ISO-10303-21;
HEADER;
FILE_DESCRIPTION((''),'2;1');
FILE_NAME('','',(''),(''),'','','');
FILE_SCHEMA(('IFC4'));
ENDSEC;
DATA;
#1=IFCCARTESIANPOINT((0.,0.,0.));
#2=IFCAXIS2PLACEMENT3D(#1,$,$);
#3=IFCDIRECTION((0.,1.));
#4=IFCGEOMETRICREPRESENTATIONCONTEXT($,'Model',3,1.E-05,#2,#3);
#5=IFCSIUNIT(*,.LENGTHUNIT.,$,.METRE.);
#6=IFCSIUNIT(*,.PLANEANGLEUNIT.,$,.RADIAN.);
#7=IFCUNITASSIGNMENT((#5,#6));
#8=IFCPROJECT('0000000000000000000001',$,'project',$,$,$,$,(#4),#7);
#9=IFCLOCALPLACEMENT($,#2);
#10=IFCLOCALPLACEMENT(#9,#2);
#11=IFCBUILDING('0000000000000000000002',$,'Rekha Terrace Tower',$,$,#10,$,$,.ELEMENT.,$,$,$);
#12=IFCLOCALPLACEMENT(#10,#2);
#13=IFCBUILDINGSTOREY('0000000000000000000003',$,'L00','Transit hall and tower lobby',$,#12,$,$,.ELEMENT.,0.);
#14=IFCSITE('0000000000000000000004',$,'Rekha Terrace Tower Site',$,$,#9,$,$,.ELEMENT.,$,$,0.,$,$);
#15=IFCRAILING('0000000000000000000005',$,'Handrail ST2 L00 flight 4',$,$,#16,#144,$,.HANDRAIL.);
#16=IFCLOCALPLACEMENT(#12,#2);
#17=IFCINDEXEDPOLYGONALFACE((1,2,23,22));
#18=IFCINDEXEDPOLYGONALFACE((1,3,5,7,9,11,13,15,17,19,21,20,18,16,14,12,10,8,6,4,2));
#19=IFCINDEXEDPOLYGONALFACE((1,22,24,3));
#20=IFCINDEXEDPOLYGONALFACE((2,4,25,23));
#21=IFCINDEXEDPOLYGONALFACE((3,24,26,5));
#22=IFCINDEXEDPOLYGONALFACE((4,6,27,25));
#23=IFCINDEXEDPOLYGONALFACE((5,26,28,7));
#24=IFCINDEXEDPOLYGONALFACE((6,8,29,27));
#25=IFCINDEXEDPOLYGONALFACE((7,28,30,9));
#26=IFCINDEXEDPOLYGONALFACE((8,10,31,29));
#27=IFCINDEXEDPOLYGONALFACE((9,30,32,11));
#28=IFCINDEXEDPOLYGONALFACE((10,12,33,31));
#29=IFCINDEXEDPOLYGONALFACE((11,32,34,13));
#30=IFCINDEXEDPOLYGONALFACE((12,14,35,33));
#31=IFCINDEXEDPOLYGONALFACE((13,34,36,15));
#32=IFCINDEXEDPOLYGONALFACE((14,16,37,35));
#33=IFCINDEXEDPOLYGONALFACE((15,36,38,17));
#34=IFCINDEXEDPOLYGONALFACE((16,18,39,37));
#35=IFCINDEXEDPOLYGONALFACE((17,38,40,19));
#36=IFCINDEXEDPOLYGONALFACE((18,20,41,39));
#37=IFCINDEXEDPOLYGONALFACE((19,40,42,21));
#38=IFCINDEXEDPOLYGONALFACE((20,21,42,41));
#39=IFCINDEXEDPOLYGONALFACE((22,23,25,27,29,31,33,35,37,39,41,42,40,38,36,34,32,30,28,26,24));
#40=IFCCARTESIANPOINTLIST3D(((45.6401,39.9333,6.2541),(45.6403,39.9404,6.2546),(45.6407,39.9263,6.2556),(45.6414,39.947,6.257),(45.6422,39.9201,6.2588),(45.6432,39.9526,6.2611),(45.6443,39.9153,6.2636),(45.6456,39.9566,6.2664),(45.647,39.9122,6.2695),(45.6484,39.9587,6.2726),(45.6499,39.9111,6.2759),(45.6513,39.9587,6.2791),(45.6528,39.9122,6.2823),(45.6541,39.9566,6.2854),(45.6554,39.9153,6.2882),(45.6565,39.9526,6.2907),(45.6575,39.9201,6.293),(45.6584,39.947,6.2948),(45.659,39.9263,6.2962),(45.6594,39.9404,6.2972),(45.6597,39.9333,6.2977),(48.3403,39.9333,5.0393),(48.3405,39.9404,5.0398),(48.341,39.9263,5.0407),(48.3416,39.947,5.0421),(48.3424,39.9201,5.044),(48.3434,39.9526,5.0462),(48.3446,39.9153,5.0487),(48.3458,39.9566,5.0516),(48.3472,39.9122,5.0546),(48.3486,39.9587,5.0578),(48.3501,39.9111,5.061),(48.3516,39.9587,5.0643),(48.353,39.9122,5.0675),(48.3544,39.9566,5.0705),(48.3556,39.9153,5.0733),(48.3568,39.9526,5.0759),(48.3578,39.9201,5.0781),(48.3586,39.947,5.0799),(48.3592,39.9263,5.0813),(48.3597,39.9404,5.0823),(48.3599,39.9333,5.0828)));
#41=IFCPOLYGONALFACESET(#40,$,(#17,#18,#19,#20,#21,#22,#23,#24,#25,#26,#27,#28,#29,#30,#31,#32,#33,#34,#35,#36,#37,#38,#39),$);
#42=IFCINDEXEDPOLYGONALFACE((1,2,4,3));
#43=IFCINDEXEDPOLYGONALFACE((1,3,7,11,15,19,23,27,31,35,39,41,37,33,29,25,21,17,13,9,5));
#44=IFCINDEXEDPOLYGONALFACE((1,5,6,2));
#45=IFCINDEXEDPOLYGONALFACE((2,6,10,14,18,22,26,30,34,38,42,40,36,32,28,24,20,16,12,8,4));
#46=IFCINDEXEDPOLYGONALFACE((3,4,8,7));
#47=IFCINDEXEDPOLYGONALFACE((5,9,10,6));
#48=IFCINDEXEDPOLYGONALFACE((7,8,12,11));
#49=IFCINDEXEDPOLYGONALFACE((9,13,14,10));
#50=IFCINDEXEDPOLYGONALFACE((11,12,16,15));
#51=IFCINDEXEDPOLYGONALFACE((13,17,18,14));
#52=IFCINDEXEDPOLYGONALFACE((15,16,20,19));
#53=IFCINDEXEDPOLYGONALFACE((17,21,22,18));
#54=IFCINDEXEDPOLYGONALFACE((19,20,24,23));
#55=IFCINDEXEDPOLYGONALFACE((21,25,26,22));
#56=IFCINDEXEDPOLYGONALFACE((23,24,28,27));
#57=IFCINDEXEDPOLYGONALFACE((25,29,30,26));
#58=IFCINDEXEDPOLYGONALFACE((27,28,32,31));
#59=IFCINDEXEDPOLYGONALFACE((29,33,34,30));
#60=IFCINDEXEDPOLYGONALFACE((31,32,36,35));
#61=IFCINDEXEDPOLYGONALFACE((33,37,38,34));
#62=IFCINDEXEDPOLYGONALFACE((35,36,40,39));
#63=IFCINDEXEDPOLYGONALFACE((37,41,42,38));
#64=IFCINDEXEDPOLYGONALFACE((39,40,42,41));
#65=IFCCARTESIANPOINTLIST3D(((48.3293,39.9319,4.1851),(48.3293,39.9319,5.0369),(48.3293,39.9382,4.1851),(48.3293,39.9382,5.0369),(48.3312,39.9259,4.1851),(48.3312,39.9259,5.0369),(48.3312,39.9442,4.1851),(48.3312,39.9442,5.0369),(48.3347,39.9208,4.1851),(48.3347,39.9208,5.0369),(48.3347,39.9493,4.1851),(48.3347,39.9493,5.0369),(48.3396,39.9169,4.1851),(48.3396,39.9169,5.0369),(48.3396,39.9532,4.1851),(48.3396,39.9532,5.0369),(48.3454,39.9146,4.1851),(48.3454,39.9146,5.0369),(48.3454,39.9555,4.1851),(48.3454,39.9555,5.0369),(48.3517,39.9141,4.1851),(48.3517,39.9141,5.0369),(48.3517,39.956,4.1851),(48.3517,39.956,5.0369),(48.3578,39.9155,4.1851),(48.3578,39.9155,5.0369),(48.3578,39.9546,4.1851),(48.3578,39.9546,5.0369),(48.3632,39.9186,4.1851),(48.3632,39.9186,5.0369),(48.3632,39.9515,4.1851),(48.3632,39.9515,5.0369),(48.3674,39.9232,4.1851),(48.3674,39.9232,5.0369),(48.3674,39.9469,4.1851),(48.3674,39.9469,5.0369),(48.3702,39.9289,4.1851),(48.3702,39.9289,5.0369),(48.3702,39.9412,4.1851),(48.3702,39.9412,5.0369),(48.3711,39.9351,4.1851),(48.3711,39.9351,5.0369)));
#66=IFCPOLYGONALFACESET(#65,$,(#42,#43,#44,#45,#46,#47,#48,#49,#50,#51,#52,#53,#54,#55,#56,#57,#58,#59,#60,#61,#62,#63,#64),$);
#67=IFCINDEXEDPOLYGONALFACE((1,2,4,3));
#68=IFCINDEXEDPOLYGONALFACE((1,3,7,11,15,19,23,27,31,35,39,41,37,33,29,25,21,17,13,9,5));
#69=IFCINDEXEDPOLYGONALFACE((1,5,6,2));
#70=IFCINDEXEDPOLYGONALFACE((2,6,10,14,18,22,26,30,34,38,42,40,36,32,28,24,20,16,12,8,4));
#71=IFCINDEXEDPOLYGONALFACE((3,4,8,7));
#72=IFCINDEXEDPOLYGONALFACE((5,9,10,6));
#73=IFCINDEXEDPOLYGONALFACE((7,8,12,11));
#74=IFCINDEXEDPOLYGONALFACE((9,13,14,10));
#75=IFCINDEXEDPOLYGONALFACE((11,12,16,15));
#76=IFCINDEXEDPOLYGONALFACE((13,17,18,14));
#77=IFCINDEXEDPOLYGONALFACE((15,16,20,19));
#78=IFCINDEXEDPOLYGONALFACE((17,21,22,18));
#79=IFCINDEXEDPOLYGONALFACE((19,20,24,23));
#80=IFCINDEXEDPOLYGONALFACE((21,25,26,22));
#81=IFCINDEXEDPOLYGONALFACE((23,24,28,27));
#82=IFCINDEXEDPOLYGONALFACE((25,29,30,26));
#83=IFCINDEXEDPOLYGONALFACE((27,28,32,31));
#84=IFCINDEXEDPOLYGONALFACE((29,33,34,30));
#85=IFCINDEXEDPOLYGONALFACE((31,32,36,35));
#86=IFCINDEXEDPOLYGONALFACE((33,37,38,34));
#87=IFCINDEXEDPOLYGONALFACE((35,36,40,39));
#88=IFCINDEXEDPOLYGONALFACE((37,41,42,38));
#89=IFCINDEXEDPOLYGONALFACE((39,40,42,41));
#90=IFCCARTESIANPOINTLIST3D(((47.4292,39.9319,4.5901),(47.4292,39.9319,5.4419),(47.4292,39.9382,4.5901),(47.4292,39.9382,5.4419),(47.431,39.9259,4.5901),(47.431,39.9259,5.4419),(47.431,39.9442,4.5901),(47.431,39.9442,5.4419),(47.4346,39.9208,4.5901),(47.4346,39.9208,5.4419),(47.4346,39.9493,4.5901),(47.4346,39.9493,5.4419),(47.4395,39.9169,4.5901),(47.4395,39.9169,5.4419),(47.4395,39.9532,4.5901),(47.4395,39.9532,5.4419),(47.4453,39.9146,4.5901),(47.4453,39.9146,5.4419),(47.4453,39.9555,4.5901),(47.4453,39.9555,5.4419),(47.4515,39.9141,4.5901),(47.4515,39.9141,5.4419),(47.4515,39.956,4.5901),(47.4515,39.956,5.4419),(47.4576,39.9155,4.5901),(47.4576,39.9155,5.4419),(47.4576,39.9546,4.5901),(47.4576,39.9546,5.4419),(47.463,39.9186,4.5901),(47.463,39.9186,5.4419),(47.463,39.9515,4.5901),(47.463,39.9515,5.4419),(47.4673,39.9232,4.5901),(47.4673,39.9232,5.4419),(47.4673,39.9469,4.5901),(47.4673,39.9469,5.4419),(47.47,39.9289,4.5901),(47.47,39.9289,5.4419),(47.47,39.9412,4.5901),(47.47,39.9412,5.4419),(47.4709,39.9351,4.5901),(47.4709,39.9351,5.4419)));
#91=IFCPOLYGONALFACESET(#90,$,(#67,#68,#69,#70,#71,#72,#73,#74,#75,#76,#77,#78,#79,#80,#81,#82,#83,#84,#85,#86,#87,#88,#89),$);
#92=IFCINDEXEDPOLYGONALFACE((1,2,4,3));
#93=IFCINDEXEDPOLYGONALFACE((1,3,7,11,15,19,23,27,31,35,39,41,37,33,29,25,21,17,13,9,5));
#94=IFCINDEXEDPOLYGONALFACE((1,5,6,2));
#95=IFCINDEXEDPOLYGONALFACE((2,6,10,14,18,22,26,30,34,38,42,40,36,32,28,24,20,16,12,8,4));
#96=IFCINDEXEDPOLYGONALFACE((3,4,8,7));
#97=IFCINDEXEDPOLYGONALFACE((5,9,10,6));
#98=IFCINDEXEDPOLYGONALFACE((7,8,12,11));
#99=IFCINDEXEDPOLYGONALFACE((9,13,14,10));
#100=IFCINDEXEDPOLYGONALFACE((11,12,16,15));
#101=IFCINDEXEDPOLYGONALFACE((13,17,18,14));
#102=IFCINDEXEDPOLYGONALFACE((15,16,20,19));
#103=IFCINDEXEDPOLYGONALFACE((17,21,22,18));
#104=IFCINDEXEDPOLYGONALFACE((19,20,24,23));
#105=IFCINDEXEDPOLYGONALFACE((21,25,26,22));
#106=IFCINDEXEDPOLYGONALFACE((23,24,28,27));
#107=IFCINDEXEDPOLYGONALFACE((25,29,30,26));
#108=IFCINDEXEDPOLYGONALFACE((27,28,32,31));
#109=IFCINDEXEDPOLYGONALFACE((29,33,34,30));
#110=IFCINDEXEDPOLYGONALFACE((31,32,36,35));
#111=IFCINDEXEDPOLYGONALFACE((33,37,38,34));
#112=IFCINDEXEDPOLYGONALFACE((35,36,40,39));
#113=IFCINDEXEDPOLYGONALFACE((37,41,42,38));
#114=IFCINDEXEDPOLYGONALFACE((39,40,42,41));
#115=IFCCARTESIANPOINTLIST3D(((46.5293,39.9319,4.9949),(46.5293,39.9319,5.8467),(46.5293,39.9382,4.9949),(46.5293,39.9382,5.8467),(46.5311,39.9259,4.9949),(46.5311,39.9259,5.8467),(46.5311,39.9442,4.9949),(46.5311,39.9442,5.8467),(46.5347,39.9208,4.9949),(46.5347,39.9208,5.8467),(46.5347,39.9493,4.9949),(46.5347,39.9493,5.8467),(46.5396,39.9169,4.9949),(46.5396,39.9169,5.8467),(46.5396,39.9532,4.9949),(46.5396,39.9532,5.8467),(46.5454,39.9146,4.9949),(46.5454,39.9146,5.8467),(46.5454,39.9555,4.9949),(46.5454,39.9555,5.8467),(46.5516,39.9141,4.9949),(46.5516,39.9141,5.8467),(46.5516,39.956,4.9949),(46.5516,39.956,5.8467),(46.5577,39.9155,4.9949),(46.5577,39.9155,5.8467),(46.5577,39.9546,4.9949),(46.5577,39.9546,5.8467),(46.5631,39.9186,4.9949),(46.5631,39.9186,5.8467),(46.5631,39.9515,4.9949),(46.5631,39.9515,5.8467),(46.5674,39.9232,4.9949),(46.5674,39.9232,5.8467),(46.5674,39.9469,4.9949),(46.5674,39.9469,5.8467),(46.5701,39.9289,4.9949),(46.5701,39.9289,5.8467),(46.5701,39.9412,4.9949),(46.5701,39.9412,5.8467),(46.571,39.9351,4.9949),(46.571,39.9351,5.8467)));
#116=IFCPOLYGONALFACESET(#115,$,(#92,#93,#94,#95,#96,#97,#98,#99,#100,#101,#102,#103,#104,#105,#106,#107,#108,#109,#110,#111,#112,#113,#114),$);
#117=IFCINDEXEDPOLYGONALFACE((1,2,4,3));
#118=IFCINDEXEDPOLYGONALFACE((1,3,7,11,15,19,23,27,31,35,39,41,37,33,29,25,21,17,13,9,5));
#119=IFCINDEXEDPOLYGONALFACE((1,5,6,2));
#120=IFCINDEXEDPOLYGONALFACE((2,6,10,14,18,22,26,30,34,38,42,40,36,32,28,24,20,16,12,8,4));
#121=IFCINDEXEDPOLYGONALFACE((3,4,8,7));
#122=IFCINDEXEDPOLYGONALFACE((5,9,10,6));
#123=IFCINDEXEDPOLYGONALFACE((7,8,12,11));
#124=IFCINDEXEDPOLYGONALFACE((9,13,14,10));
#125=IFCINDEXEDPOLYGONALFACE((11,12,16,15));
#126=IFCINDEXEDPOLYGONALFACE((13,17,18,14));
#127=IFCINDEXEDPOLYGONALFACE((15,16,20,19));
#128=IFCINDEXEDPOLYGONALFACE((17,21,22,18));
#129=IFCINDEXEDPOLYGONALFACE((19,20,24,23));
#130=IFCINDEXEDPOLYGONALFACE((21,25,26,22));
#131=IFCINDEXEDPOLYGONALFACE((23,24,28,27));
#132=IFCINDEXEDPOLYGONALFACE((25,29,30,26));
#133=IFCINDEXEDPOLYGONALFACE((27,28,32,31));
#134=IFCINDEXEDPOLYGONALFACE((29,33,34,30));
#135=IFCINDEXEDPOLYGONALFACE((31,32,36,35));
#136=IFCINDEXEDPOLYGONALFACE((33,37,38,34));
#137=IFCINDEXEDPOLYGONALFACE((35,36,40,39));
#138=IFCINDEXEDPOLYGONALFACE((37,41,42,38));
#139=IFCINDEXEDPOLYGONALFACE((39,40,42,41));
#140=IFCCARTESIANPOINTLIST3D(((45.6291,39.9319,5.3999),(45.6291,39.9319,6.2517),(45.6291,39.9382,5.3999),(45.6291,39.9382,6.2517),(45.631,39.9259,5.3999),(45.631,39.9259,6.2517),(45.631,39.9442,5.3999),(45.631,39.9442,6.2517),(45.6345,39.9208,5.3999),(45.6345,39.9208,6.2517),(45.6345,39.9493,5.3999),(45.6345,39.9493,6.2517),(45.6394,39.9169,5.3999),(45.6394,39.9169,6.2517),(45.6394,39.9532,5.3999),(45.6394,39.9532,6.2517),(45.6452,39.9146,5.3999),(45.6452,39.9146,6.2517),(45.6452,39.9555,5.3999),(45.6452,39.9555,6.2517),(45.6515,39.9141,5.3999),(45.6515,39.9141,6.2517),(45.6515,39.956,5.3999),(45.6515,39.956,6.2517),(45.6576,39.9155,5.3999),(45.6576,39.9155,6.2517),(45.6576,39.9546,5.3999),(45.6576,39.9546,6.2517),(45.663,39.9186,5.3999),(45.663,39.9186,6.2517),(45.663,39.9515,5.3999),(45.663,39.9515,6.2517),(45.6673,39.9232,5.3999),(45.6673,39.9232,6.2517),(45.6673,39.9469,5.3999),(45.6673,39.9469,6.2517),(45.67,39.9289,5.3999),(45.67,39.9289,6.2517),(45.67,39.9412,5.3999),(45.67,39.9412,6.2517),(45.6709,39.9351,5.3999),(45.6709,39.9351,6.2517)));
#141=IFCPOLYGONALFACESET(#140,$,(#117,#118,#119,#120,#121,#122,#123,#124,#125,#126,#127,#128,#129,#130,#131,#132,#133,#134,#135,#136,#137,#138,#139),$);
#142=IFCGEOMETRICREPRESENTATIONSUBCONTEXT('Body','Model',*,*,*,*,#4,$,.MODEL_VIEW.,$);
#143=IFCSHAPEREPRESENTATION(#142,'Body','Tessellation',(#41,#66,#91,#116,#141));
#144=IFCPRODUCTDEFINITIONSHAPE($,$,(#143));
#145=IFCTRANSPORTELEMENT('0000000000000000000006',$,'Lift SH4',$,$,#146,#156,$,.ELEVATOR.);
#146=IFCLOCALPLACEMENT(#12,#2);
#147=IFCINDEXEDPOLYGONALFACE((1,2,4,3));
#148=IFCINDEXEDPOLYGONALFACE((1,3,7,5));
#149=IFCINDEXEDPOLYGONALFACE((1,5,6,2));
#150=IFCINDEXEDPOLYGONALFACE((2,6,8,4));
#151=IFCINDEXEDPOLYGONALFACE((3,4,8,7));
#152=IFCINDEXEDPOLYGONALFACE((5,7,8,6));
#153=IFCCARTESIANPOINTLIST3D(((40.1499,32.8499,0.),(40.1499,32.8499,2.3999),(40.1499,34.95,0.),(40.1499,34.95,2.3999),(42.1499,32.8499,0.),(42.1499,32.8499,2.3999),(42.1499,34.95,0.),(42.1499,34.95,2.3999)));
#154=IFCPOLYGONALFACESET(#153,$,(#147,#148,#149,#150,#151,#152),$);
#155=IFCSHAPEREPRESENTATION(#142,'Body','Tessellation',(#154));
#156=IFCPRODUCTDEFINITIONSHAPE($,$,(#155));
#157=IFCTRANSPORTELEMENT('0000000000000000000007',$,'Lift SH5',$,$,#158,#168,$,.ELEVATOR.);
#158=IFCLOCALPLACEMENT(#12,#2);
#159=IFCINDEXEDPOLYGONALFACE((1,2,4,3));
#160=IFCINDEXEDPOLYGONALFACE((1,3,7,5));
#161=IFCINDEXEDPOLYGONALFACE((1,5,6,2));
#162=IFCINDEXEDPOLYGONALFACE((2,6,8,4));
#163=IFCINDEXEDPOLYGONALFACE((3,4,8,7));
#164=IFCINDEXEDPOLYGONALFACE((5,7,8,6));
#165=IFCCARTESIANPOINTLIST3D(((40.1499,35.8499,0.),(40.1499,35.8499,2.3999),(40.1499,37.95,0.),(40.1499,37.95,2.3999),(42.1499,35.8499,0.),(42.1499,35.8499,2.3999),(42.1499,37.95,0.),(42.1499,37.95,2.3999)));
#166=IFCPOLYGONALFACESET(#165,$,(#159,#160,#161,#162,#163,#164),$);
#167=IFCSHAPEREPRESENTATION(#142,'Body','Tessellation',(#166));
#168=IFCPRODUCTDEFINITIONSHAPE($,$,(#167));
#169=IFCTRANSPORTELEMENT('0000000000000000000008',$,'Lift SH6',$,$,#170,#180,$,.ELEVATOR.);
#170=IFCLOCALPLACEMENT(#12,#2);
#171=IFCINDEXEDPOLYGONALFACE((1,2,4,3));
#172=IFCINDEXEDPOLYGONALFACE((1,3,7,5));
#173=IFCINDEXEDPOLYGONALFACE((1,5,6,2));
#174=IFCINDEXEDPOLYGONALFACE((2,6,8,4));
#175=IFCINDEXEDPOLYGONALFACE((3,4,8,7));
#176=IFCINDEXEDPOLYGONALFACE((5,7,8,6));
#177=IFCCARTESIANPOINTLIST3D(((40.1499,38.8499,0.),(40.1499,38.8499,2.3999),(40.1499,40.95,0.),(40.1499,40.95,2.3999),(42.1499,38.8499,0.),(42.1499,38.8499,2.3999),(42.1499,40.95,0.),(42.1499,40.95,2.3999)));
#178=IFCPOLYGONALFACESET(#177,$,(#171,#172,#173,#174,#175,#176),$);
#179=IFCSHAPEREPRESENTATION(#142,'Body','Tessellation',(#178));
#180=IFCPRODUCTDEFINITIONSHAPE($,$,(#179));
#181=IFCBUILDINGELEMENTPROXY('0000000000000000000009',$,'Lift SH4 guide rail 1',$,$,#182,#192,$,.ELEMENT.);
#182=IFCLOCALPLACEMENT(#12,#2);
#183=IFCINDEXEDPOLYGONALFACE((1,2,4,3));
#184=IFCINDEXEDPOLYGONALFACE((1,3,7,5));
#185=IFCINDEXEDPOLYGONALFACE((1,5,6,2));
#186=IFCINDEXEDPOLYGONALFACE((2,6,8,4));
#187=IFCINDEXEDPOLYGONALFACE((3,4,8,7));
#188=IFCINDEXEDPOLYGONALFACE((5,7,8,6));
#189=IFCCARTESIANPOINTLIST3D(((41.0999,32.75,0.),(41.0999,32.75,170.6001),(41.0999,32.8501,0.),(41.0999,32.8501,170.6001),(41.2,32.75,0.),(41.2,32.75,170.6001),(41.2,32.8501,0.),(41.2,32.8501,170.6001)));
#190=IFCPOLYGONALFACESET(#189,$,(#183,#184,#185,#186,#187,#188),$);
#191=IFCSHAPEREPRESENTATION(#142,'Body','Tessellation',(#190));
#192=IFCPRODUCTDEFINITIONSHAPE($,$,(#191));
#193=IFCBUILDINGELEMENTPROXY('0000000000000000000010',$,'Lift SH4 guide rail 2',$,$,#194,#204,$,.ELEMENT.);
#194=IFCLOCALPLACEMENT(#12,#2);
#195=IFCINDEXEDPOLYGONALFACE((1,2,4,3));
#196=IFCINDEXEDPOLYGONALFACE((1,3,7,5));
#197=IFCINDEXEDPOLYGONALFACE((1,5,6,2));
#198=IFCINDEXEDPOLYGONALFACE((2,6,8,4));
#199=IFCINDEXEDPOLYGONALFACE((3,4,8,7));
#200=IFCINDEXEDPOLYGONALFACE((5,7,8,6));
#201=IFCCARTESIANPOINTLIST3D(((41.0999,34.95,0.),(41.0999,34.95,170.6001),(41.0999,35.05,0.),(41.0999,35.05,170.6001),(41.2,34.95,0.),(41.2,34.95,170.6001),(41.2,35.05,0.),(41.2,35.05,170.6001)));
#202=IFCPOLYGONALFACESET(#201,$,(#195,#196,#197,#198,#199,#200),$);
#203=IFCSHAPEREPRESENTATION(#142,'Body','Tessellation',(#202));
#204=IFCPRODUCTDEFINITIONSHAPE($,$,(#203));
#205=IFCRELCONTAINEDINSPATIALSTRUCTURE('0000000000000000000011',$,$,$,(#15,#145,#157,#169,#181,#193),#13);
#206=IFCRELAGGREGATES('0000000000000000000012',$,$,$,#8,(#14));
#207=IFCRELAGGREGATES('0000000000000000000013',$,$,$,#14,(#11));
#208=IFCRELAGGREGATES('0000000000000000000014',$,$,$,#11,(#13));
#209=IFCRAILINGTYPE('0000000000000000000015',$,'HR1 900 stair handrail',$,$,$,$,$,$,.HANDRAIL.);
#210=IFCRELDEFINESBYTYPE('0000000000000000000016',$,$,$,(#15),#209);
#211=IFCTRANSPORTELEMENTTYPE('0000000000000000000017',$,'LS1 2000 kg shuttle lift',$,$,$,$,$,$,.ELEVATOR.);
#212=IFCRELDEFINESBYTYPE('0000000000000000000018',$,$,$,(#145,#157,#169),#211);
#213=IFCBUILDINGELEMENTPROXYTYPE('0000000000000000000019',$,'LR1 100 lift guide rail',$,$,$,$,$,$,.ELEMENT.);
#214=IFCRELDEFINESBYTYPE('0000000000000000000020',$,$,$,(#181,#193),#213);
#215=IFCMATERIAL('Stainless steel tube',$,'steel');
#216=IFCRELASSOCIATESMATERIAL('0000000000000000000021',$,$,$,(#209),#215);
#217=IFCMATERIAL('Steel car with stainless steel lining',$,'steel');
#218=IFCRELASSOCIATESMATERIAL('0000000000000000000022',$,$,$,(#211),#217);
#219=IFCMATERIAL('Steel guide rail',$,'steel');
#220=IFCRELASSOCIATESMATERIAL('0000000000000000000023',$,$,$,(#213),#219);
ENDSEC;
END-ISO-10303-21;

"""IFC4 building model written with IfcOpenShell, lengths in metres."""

from ifc_helpers import new_model, si_unit, direction, frame, origin, origin_2d, place, context, subcontext, project, spatial, rectangle, circle, extrude, material, type_object, element, save


model = new_model("IFC4")

# Units and contexts
model_context = context("Model", 3, precision=1e-05, world=origin(), true_north=direction((0.0, 1.0)))
body_context = subcontext(model_context, "Body", "Model", "MODEL_VIEW")
ifc_project = project(units=[si_unit("LENGTHUNIT", "METRE"), si_unit("PLANEANGLEUNIT", "RADIAN")], contexts=[model_context])

# Site, building, storey
site_placement = place(None, origin())
site = spatial("IfcSite", under=ifc_project, at=site_placement, Name="Rekha Terrace Tower Site", CompositionType="ELEMENT", RefElevation=0.0)
building_placement = place(site_placement, origin())
building = spatial("IfcBuilding", under=site, at=building_placement, Name="Rekha Terrace Tower", CompositionType="ELEMENT")
storey_placement = place(building_placement, origin())
storey = spatial("IfcBuildingStorey", under=building, at=storey_placement, Name="L00", Description="Transit hall and tower lobby", CompositionType="ELEMENT", Elevation=0.0)

# Railing
ifc_material_1 = material(Name="Stainless steel tube", Category="steel")
railing_type_1 = type_object("IfcRailingType", Name="HR1 900 stair handrail", PredefinedType="HANDRAIL", material=ifc_material_1)
railing_1_placement = place(storey_placement, frame((48.3501, 39.9351, 4.1851)))
element("IfcRailing", 1, at=railing_1_placement, inside=storey, type_object=railing_type_1, Name="Handrail ST2 L00 flight 4", PredefinedType="HANDRAIL", context=body_context, shape_type="SweptSolid", body=[
    extrude(circle(Radius=0.0239, at=origin_2d()), frame((0.0, 0.0, 0.876), z_axis=(-0.911952, 0.0, 0.410296), x_axis=(0.0, -1.0, 0.0)), (0.0, 0.0, 1.0), 2.9609),
    extrude(circle(Radius=0.021, at=origin_2d()), origin(), (0.0, 0.0, 1.0), 0.8518),
    extrude(circle(Radius=0.021, at=origin_2d()), frame((-0.9001, 0.0, 0.405)), (0.0, 0.0, 1.0), 0.8518),
    extrude(circle(Radius=0.021, at=origin_2d()), frame((-1.8, 0.0, 0.8098)), (0.0, 0.0, 1.0), 0.8518),
    extrude(circle(Radius=0.021, at=origin_2d()), frame((-2.7002, 0.0, 1.2148)), (0.0, 0.0, 1.0), 0.8518),
])

# Transport elements
ifc_material_2 = material(Name="Steel car with stainless steel lining", Category="steel")
transport_element_type = type_object("IfcTransportElementType", Name="LS1 2000 kg shuttle lift", PredefinedType="ELEVATOR", material=ifc_material_2)
for number, where, z_axis, x_axis, name in (
    (2, (41.1499, 33.8999, 0.0), (0.0, 0.0, 1.0), (1.0, 0.0, 0.0), "Lift SH4"),
    (3, (41.1499, 36.8999, 0.0), (0.0, 0.0, 1.0), (1.0, 0.0, 0.0), "Lift SH5"),
    (4, (41.1499, 39.8999, 0.0), (0.0, 0.0, 1.0), (1.0, 0.0, 0.0), "Lift SH6"),
):
    element("IfcTransportElement", number, at=place(storey_placement, frame(where, z_axis=z_axis, x_axis=x_axis)), inside=storey, type_object=transport_element_type, Name=name, PredefinedType="ELEVATOR", context=body_context, shape_type="SweptSolid", body=[
        extrude(rectangle(XDim=2.0, YDim=2.1001, at=origin_2d()), origin(), (0.0, 0.0, 1.0), 2.3999),
    ])

# Building element proxies
ifc_material_3 = material(Name="Steel guide rail", Category="steel")
building_element_proxy_type = type_object("IfcBuildingElementProxyType", Name="LR1 100 lift guide rail", PredefinedType="ELEMENT", material=ifc_material_3)
for number, where, z_axis, x_axis, name in (
    (5, (41.1499, 32.8, 0.0), (0.0, 0.0, 1.0), (1.0, 0.0, 0.0), "Lift SH4 guide rail 1"),
    (6, (41.1499, 35.0, 0.0), (0.0, 0.0, 1.0), (1.0, 0.0, 0.0), "Lift SH4 guide rail 2"),
):
    element("IfcBuildingElementProxy", number, at=place(storey_placement, frame(where, z_axis=z_axis, x_axis=x_axis)), inside=storey, type_object=building_element_proxy_type, Name=name, PredefinedType="ELEMENT", context=body_context, shape_type="SweptSolid", body=[
        extrude(rectangle(XDim=0.1001, YDim=0.1001, at=origin_2d()), origin(), (0.0, 0.0, 1.0), 170.6001),
    ])

save(model, "model.ifc")
